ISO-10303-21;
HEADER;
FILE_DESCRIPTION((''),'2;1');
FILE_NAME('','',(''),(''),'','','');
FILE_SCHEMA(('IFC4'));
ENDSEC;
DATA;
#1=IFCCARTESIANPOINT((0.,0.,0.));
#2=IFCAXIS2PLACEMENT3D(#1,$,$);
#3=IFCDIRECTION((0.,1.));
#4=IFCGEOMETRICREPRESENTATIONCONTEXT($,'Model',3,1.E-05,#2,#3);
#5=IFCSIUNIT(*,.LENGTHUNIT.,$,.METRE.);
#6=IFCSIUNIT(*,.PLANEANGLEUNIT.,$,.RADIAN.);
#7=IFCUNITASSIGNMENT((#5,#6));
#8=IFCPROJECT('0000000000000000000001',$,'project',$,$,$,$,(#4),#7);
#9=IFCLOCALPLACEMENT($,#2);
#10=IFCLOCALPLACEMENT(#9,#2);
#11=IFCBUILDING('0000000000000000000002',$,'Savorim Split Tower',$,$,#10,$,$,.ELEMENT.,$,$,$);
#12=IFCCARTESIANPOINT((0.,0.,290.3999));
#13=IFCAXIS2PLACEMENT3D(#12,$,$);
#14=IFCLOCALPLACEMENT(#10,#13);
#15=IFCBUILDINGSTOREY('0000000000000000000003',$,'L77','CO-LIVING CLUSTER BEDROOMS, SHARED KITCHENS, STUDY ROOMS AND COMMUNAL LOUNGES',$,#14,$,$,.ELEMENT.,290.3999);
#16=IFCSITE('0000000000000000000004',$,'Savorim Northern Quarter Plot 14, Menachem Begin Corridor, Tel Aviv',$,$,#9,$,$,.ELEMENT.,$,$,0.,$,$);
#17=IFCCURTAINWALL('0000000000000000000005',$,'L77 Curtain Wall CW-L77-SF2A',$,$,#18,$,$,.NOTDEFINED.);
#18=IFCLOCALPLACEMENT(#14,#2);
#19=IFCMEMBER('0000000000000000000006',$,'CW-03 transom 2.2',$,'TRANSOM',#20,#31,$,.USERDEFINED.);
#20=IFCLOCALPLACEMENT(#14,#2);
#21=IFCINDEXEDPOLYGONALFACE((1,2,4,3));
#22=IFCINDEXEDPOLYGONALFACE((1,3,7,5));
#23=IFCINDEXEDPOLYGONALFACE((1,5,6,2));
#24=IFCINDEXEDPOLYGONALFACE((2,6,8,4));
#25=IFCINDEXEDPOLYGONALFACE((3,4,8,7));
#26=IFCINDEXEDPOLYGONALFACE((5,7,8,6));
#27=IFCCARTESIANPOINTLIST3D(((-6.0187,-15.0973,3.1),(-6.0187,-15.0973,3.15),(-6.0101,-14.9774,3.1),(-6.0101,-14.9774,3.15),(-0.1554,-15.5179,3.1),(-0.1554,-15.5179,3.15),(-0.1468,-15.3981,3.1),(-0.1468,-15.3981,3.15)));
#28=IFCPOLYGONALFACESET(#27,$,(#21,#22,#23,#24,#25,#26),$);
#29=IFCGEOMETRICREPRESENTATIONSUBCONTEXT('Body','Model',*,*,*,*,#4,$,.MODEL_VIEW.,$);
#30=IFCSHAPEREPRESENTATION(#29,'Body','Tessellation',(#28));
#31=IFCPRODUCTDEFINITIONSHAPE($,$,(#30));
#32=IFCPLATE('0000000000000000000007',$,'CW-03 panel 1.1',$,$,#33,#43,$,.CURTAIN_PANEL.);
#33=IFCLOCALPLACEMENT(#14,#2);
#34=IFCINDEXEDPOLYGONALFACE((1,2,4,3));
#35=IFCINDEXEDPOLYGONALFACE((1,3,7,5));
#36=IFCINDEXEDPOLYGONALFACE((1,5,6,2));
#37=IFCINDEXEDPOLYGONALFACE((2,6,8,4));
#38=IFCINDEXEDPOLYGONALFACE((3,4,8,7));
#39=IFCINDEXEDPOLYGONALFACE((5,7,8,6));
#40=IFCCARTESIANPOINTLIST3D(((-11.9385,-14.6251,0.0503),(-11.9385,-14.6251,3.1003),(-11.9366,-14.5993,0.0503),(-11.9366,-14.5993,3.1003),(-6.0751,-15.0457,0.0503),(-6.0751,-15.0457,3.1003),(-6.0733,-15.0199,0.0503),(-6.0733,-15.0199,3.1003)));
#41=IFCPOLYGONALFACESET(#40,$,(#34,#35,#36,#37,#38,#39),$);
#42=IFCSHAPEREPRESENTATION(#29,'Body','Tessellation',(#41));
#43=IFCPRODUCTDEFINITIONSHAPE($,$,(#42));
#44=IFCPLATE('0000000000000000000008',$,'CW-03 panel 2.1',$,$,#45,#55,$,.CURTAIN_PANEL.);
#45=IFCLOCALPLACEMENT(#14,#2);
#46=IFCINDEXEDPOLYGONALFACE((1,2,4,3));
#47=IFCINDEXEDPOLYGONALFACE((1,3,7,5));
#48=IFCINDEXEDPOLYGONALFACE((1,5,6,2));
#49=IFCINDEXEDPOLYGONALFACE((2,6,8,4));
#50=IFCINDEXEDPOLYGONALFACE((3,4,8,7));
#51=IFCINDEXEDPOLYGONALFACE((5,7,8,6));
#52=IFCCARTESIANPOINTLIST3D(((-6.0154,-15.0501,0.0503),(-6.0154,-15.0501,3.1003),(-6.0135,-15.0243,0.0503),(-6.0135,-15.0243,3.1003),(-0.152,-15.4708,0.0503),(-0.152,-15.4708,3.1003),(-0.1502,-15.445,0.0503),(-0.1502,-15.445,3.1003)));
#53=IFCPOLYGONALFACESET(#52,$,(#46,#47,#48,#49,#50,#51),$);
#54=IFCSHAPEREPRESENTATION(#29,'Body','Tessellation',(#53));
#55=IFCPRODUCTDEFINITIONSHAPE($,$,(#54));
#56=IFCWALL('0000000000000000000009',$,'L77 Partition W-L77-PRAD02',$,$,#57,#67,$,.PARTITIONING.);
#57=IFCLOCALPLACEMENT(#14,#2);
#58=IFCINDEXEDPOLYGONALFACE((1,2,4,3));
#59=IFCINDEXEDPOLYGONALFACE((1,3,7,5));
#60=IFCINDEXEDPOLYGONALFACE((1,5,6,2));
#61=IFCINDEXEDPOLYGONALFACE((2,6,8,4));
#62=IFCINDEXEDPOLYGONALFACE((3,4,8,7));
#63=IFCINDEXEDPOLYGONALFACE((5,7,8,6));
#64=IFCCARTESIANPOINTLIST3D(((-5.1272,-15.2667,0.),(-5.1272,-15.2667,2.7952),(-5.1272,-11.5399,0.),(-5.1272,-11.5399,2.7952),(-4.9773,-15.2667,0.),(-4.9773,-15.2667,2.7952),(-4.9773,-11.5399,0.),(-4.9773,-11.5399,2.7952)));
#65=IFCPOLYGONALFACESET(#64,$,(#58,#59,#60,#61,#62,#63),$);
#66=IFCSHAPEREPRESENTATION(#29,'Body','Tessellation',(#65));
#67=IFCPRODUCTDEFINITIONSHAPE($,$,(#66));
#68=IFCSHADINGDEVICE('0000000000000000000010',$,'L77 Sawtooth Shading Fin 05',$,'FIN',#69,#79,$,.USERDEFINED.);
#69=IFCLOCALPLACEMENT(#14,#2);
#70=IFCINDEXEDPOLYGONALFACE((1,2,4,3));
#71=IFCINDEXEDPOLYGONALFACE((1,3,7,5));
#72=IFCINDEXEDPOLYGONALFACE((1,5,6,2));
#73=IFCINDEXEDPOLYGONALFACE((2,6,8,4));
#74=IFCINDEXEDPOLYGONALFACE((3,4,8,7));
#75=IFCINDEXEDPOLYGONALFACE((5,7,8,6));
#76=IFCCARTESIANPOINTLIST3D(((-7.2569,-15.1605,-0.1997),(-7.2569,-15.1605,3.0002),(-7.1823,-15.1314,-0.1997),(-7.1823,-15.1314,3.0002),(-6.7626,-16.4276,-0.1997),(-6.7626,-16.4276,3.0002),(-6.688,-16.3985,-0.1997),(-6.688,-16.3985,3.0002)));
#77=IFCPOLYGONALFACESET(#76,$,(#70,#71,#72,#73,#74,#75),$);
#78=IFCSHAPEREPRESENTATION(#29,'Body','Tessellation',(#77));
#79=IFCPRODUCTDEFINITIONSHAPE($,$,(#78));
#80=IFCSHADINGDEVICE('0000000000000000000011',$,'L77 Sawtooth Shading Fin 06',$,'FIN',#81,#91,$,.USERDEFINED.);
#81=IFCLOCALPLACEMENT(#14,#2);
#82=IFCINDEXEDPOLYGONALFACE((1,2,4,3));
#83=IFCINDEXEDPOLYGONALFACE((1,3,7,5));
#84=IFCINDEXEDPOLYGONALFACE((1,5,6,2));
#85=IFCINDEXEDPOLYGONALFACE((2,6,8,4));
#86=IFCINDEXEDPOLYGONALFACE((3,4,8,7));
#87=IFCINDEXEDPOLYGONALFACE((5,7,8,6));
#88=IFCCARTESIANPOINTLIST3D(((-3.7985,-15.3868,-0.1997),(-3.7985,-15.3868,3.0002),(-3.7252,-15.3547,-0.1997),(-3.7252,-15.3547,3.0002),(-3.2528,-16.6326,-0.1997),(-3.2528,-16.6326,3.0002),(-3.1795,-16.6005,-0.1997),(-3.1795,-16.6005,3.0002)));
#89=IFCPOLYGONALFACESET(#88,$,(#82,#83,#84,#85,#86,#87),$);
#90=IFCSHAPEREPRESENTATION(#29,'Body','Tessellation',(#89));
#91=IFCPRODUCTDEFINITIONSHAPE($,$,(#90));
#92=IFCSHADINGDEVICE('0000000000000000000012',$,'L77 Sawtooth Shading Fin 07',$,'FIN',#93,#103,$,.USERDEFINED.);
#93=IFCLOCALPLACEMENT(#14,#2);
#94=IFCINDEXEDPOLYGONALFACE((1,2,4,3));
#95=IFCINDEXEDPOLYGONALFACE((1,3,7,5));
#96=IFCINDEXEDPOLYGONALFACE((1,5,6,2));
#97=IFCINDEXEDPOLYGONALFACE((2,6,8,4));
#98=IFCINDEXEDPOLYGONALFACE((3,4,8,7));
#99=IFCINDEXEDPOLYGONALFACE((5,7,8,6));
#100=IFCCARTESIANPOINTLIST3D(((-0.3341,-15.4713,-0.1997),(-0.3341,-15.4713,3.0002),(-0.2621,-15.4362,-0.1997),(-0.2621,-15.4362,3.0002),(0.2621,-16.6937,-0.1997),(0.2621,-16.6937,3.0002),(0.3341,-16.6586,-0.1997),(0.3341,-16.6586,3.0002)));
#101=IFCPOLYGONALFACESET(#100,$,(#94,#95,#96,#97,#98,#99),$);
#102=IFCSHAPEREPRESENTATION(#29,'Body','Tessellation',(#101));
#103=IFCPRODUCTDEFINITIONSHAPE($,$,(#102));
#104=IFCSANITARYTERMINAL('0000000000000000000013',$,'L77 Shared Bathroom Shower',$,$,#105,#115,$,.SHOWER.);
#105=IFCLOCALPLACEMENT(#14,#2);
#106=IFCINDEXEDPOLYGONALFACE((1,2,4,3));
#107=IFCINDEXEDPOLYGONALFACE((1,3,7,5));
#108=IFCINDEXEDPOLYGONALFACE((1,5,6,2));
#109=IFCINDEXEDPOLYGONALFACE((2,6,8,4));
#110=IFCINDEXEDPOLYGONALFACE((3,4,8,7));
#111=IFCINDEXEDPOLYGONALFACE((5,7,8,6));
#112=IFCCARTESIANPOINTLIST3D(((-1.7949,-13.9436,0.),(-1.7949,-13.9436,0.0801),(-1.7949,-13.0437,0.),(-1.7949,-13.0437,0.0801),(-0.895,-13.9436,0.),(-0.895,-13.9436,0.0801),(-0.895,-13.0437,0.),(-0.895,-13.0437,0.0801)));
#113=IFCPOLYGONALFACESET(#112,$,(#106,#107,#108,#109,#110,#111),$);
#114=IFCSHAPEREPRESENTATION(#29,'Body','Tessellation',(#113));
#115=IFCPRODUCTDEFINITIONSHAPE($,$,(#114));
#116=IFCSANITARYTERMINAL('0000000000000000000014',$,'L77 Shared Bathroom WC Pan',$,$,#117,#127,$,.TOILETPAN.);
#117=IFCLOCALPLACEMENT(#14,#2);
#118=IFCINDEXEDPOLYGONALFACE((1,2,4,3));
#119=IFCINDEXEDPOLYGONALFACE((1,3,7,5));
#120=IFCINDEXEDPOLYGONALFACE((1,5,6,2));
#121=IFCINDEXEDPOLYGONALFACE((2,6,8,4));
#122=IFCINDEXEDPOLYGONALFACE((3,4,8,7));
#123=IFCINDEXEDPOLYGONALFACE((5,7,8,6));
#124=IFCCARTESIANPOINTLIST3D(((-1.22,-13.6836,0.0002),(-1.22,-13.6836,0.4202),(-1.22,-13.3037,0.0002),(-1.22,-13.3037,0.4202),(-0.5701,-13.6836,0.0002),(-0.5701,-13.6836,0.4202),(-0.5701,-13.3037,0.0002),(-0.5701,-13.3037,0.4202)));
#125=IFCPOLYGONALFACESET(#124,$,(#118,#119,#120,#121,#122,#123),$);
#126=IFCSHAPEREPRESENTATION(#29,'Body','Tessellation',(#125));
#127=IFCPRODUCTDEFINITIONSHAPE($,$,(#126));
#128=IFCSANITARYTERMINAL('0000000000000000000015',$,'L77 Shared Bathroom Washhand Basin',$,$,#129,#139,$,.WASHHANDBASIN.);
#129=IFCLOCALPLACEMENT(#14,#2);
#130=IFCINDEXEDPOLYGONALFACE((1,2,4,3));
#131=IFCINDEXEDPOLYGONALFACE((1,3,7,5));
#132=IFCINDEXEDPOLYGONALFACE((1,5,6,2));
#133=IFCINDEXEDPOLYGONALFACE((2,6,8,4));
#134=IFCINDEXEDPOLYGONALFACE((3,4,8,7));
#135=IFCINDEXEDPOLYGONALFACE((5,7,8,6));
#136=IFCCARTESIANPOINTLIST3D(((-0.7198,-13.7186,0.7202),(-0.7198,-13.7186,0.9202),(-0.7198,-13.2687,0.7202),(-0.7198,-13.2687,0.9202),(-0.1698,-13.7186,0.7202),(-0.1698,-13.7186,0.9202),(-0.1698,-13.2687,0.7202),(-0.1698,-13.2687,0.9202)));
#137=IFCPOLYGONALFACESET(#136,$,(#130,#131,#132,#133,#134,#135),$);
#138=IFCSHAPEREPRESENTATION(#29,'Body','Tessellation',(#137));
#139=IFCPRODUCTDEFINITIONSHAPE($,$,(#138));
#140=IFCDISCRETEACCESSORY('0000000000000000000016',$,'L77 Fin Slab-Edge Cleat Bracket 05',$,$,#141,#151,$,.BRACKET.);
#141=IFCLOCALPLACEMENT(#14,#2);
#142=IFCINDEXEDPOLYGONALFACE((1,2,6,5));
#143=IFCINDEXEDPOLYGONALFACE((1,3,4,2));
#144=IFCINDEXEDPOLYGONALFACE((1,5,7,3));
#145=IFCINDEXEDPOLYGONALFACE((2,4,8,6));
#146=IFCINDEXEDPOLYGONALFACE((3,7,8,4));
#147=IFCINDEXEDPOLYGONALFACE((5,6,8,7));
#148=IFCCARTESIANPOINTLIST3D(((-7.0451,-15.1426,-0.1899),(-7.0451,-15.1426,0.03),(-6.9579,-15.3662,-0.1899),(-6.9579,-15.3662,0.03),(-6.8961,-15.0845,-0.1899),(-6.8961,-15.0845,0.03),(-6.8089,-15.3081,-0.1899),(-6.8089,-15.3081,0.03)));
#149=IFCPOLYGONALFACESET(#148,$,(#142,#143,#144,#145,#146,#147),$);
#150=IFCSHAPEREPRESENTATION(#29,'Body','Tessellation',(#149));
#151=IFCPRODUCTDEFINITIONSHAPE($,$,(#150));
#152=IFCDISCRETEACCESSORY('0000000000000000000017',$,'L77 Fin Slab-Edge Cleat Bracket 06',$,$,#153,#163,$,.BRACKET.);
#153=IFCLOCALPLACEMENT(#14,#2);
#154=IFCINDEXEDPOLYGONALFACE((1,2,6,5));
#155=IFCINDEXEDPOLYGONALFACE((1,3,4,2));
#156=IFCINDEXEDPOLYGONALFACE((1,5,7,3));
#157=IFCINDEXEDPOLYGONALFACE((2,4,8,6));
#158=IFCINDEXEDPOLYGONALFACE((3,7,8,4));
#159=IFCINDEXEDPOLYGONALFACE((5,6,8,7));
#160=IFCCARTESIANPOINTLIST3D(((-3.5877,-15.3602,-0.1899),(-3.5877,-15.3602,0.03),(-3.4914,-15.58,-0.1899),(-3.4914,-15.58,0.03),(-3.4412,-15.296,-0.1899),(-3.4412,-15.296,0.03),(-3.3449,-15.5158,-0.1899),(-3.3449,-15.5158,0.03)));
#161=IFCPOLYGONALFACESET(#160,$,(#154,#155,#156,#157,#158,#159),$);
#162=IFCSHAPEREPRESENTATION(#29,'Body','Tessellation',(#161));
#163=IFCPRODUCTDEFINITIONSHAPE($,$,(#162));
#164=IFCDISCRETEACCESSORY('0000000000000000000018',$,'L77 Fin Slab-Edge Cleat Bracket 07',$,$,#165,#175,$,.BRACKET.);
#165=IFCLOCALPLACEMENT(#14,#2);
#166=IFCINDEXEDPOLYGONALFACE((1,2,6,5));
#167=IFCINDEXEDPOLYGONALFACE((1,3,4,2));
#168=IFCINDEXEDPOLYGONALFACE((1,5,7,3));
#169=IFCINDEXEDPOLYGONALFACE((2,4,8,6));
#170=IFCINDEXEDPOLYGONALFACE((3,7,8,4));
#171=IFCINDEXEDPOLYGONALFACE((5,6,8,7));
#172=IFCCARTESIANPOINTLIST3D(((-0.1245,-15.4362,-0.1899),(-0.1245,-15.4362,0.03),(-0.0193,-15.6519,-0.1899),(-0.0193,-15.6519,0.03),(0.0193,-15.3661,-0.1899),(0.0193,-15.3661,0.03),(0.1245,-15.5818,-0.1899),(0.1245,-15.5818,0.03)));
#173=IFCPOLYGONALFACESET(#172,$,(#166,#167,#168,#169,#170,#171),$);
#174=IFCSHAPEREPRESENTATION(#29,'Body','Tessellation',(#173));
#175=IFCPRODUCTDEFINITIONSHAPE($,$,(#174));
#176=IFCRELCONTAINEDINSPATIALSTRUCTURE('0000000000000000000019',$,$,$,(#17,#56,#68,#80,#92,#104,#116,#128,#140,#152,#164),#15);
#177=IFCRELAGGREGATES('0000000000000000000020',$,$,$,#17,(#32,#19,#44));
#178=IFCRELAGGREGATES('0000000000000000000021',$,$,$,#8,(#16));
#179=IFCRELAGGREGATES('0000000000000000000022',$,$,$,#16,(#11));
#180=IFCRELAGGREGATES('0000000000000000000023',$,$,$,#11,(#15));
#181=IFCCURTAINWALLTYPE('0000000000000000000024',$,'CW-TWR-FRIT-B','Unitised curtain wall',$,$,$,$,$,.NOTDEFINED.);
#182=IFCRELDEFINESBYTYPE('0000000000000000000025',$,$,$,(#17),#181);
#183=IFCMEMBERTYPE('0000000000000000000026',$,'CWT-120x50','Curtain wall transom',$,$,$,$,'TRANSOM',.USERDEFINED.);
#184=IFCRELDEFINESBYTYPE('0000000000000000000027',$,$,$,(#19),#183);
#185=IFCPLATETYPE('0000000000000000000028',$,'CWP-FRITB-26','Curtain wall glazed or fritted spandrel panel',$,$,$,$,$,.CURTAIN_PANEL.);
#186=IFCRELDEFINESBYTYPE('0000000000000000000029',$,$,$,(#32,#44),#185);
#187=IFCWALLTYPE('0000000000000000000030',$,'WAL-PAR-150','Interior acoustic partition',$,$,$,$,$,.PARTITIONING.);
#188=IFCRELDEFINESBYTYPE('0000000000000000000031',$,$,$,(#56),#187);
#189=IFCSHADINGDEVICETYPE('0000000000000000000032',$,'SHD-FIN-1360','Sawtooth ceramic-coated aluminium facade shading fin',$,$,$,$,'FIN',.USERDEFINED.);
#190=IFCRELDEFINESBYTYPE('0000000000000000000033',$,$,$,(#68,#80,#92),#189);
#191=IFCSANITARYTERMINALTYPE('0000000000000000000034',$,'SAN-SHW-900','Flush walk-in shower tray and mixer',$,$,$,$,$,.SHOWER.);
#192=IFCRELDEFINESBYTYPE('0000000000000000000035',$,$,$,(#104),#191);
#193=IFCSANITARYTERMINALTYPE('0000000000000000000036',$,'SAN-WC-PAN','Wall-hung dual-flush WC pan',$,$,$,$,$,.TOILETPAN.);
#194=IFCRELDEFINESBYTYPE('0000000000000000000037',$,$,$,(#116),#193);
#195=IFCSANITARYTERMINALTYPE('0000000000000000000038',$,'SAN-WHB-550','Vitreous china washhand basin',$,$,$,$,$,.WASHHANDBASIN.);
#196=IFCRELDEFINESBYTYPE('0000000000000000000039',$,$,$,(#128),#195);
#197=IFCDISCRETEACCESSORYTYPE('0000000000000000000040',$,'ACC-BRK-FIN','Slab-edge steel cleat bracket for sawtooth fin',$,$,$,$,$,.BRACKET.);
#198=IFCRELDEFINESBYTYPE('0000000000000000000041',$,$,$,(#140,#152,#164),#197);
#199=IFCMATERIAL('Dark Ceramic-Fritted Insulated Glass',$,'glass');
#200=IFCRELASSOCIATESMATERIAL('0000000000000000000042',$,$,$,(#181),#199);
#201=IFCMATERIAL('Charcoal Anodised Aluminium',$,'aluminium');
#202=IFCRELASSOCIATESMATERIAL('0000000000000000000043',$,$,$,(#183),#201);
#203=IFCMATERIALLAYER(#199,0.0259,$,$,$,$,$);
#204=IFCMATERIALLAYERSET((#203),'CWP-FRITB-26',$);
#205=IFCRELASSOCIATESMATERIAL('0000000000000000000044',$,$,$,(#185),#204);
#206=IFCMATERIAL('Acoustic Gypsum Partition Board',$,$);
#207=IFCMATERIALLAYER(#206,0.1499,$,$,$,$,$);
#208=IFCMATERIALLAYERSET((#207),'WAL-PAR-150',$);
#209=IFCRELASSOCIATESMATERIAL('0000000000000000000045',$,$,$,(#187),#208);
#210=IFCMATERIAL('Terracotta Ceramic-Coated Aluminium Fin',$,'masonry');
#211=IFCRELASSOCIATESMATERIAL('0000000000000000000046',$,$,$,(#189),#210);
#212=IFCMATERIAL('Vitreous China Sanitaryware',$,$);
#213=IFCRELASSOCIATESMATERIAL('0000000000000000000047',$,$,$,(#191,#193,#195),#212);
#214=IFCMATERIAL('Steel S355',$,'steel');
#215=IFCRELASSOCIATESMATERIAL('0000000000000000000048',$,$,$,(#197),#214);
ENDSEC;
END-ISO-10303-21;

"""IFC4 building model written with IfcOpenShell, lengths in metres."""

from ifc_helpers import new_model, si_unit, direction, frame, frame_2d, origin, origin_2d, place, context, subcontext, project, spatial, rectangle, extrude, material, layer, layer_set, material_profile, profile_set, type_object, element, aggregate, save


model = new_model("IFC4")

# Units and contexts
model_context = context("Model", 3, precision=1e-05, world=origin(), true_north=direction((0.0, 1.0)))
body_context = subcontext(model_context, "Body", "Model", "MODEL_VIEW")
ifc_project = project(units=[si_unit("LENGTHUNIT", "METRE"), si_unit("PLANEANGLEUNIT", "RADIAN")], contexts=[model_context])

# Site, building, storey
site_placement = place(None, origin())
site = spatial("IfcSite", under=ifc_project, at=site_placement, Name="Savorim Northern Quarter Plot 14, Menachem Begin Corridor, Tel Aviv", CompositionType="ELEMENT", RefElevation=0.0)
building_placement = place(site_placement, origin())
building = spatial("IfcBuilding", under=site, at=building_placement, Name="Savorim Split Tower", CompositionType="ELEMENT")
storey_placement = place(building_placement, frame((0.0, 0.0, 290.3999)))
storey = spatial("IfcBuildingStorey", under=building, at=storey_placement, Name="L77", Description="CO-LIVING CLUSTER BEDROOMS, SHARED KITCHENS, STUDY ROOMS AND COMMUNAL LOUNGES", CompositionType="ELEMENT", Elevation=290.3999)

# Shared definitions
ifc_material_1 = material(Name="Steel S355", Category="steel")

# Curtain wall, member, plates
ifc_material_2 = material(Name="Dark Ceramic-Fritted Insulated Glass", Category="glass")
curtain_wall_type = type_object("IfcCurtainWallType", Name="CW-TWR-FRIT-B", Description="Unitised curtain wall", PredefinedType="NOTDEFINED", material=ifc_material_2)
curtain_wall_placement = place(storey_placement, origin())
curtain_wall = element("IfcCurtainWall", 1, at=curtain_wall_placement, inside=storey, type_object=curtain_wall_type, Name="L77 Curtain Wall CW-L77-SF2A", PredefinedType="NOTDEFINED")
ifc_material_3 = material(Name="Charcoal Anodised Aluminium", Category="aluminium")
ifc_material_profile_1 = material_profile(ifc_material_3, rectangle(XDim=0.1201, YDim=0.05, at=origin_2d()), Name="ALU-T 120x50")
ifc_profile_set_1 = profile_set([ifc_material_profile_1], Name="Charcoal Anodised Aluminium")
member_type_1 = type_object("IfcMemberType", Name="CWT-120x50", Description="Curtain wall transom", ElementType="TRANSOM", PredefinedType="USERDEFINED", material=ifc_profile_set_1)
member_1_placement = place(storey_placement, frame((-6.0144, -15.0374, 3.125), z_axis=(0.997436, -0.07156, 0.0), x_axis=(0.07156, 0.997436, 0.0)))
member_1 = element("IfcMember", 2, at=member_1_placement, type_object=member_type_1, Name="CW-03 transom 2.2", ObjectType="TRANSOM", PredefinedType="USERDEFINED", context=body_context, shape_type="SweptSolid", body=[
    extrude(rectangle(XDim=0.1201, YDim=0.05, at=origin_2d()), origin(), (0.0, 0.0, 1.0), 5.8784),
])
ifc_layer_1 = layer(ifc_material_2, 0.0259)
ifc_layer_set_1 = layer_set([ifc_layer_1], Name="CWP-FRITB-26")
plate_type = type_object("IfcPlateType", Name="CWP-FRITB-26", Description="Curtain wall glazed or fritted spandrel panel", PredefinedType="CURTAIN_PANEL", material=ifc_layer_set_1)
plate_1_placement = place(storey_placement, frame((-9.0059, -14.8225, 0.0503), z_axis=(0.0, 0.0, 1.0), x_axis=(0.997436, -0.07156, 0.0)))
plate_1 = element("IfcPlate", 3, at=plate_1_placement, type_object=plate_type, Name="CW-03 panel 1.1", PredefinedType="CURTAIN_PANEL", context=body_context, shape_type="SweptSolid", body=[
    extrude(rectangle(XDim=5.8784, YDim=0.0259, at=origin_2d()), origin(), (0.0, 0.0, 1.0), 3.05),
])
plate_2_placement = place(storey_placement, frame((-3.0828, -15.2476, 0.0503), z_axis=(0.0, 0.0, 1.0), x_axis=(0.997436, -0.07156, 0.0)))
plate_2 = element("IfcPlate", 4, at=plate_2_placement, type_object=plate_type, Name="CW-03 panel 2.1", PredefinedType="CURTAIN_PANEL", context=body_context, shape_type="SweptSolid", body=[
    extrude(rectangle(XDim=5.8784, YDim=0.0259, at=origin_2d()), origin(), (0.0, 0.0, 1.0), 3.05),
])
aggregate(curtain_wall, [plate_1, member_1, plate_2])

# Wall
ifc_material_4 = material(Name="Acoustic Gypsum Partition Board")
ifc_layer_2 = layer(ifc_material_4, 0.1499)
ifc_layer_set_2 = layer_set([ifc_layer_2], Name="WAL-PAR-150")
wall_type = type_object("IfcWallType", Name="WAL-PAR-150", Description="Interior acoustic partition", PredefinedType="PARTITIONING", material=ifc_layer_set_2)
wall_placement = place(storey_placement, frame((-5.0522, -11.54, 0.0), z_axis=(0.0, 0.0, 1.0), x_axis=(0.0, -1.0, 0.0)))
element("IfcWall", 5, at=wall_placement, inside=storey, type_object=wall_type, Name="L77 Partition W-L77-PRAD02", PredefinedType="PARTITIONING", context=body_context, shape_type="SweptSolid", body=[
    extrude(rectangle(XDim=3.7268, YDim=0.1499, at=frame_2d((1.8633, 0.0))), origin(), (0.0, 0.0, 1.0), 2.7952),
])

# Shading devices
ifc_material_5 = material(Name="Terracotta Ceramic-Coated Aluminium Fin", Category="masonry")
shading_device_type = type_object("IfcShadingDeviceType", Name="SHD-FIN-1360", Description="Sawtooth ceramic-coated aluminium facade shading fin", ElementType="FIN", PredefinedType="USERDEFINED", material=ifc_material_5)
for number, where, z_axis, x_axis, name in (
    (6, (-6.9724, -15.7795, -0.1997), (0.0, 0.0, 1.0), (0.363415, -0.931627, 0.0), "L77 Sawtooth Shading Fin 05"),
    (7, (-3.489, -15.9937, -0.1997), (0.0, 0.0, 1.0), (0.40123, -0.915977, 0.0), "L77 Sawtooth Shading Fin 06"),
    (8, (0.0, -16.0649, -0.1997), (0.0, 0.0, 1.0), (0.438371, -0.898794, 0.0), "L77 Sawtooth Shading Fin 07"),
):
    element("IfcShadingDevice", number, at=place(storey_placement, frame(where, z_axis=z_axis, x_axis=x_axis)), inside=storey, type_object=shading_device_type, Name=name, ObjectType="FIN", PredefinedType="USERDEFINED", context=body_context, shape_type="SweptSolid", body=[
        extrude(rectangle(XDim=1.3601, YDim=0.0801, at=origin_2d()), origin(), (0.0, 0.0, 1.0), 3.2),
    ])

# Sanitary terminals
ifc_material_6 = material(Name="Vitreous China Sanitaryware")
sanitary_terminal_type_1 = type_object("IfcSanitaryTerminalType", Name="SAN-SHW-900", Description="Flush walk-in shower tray and mixer", PredefinedType="SHOWER", material=ifc_material_6)
sanitary_terminal_1_placement = place(storey_placement, frame((-1.345, -13.4937, 0.0), z_axis=(0.0, 0.0, 1.0), x_axis=(1.0, 0.0, 0.0)))
element("IfcSanitaryTerminal", 9, at=sanitary_terminal_1_placement, inside=storey, type_object=sanitary_terminal_type_1, Name="L77 Shared Bathroom Shower", PredefinedType="SHOWER", context=body_context, shape_type="SweptSolid", body=[
    extrude(rectangle(XDim=0.8999, YDim=0.8999, at=origin_2d()), origin(), (0.0, 0.0, 1.0), 0.0801),
])
sanitary_terminal_type_2 = type_object("IfcSanitaryTerminalType", Name="SAN-WC-PAN", Description="Wall-hung dual-flush WC pan", PredefinedType="TOILETPAN", material=ifc_material_6)
sanitary_terminal_2_placement = place(storey_placement, frame((-0.895, -13.4937, 0.0002), z_axis=(0.0, 0.0, 1.0), x_axis=(1.0, 0.0, 0.0)))
element("IfcSanitaryTerminal", 10, at=sanitary_terminal_2_placement, inside=storey, type_object=sanitary_terminal_type_2, Name="L77 Shared Bathroom WC Pan", PredefinedType="TOILETPAN", context=body_context, shape_type="SweptSolid", body=[
    extrude(rectangle(XDim=0.6499, YDim=0.3799, at=origin_2d()), origin(), (0.0, 0.0, 1.0), 0.4199),
])
sanitary_terminal_type_3 = type_object("IfcSanitaryTerminalType", Name="SAN-WHB-550", Description="Vitreous china washhand basin", PredefinedType="WASHHANDBASIN", material=ifc_material_6)
sanitary_terminal_3_placement = place(storey_placement, frame((-0.4448, -13.4937, 0.7202), z_axis=(0.0, 0.0, 1.0), x_axis=(1.0, 0.0, 0.0)))
element("IfcSanitaryTerminal", 11, at=sanitary_terminal_3_placement, inside=storey, type_object=sanitary_terminal_type_3, Name="L77 Shared Bathroom Washhand Basin", PredefinedType="WASHHANDBASIN", context=body_context, shape_type="SweptSolid", body=[
    extrude(rectangle(XDim=0.55, YDim=0.45, at=origin_2d()), origin(), (0.0, 0.0, 1.0), 0.2),
])

# Discrete accessories
discrete_accessory_type = type_object("IfcDiscreteAccessoryType", Name="ACC-BRK-FIN", Description="Slab-edge steel cleat bracket for sawtooth fin", PredefinedType="BRACKET", material=ifc_material_1)
for number, where, z_axis, x_axis, name in (
    (12, (-6.927, -15.2253, -0.1899), (0.0, 0.0, 1.0), (0.363415, -0.931627, 0.0), "L77 Fin Slab-Edge Cleat Bracket 05"),
    (13, (-3.4663, -15.438, -0.1899), (0.0, 0.0, 1.0), (0.40123, -0.915977, 0.0), "L77 Fin Slab-Edge Cleat Bracket 06"),
    (14, (0.0, -15.509, -0.1899), (0.0, 0.0, 1.0), (0.438371, -0.898794, 0.0), "L77 Fin Slab-Edge Cleat Bracket 07"),
):
    element("IfcDiscreteAccessory", number, at=place(storey_placement, frame(where, z_axis=z_axis, x_axis=x_axis)), inside=storey, type_object=discrete_accessory_type, Name=name, PredefinedType="BRACKET", context=body_context, shape_type="SweptSolid", body=[
        extrude(rectangle(XDim=0.24, YDim=0.1599, at=origin_2d()), origin(), (0.0, 0.0, 1.0), 0.22),
    ])

save(model, "model.ifc")
